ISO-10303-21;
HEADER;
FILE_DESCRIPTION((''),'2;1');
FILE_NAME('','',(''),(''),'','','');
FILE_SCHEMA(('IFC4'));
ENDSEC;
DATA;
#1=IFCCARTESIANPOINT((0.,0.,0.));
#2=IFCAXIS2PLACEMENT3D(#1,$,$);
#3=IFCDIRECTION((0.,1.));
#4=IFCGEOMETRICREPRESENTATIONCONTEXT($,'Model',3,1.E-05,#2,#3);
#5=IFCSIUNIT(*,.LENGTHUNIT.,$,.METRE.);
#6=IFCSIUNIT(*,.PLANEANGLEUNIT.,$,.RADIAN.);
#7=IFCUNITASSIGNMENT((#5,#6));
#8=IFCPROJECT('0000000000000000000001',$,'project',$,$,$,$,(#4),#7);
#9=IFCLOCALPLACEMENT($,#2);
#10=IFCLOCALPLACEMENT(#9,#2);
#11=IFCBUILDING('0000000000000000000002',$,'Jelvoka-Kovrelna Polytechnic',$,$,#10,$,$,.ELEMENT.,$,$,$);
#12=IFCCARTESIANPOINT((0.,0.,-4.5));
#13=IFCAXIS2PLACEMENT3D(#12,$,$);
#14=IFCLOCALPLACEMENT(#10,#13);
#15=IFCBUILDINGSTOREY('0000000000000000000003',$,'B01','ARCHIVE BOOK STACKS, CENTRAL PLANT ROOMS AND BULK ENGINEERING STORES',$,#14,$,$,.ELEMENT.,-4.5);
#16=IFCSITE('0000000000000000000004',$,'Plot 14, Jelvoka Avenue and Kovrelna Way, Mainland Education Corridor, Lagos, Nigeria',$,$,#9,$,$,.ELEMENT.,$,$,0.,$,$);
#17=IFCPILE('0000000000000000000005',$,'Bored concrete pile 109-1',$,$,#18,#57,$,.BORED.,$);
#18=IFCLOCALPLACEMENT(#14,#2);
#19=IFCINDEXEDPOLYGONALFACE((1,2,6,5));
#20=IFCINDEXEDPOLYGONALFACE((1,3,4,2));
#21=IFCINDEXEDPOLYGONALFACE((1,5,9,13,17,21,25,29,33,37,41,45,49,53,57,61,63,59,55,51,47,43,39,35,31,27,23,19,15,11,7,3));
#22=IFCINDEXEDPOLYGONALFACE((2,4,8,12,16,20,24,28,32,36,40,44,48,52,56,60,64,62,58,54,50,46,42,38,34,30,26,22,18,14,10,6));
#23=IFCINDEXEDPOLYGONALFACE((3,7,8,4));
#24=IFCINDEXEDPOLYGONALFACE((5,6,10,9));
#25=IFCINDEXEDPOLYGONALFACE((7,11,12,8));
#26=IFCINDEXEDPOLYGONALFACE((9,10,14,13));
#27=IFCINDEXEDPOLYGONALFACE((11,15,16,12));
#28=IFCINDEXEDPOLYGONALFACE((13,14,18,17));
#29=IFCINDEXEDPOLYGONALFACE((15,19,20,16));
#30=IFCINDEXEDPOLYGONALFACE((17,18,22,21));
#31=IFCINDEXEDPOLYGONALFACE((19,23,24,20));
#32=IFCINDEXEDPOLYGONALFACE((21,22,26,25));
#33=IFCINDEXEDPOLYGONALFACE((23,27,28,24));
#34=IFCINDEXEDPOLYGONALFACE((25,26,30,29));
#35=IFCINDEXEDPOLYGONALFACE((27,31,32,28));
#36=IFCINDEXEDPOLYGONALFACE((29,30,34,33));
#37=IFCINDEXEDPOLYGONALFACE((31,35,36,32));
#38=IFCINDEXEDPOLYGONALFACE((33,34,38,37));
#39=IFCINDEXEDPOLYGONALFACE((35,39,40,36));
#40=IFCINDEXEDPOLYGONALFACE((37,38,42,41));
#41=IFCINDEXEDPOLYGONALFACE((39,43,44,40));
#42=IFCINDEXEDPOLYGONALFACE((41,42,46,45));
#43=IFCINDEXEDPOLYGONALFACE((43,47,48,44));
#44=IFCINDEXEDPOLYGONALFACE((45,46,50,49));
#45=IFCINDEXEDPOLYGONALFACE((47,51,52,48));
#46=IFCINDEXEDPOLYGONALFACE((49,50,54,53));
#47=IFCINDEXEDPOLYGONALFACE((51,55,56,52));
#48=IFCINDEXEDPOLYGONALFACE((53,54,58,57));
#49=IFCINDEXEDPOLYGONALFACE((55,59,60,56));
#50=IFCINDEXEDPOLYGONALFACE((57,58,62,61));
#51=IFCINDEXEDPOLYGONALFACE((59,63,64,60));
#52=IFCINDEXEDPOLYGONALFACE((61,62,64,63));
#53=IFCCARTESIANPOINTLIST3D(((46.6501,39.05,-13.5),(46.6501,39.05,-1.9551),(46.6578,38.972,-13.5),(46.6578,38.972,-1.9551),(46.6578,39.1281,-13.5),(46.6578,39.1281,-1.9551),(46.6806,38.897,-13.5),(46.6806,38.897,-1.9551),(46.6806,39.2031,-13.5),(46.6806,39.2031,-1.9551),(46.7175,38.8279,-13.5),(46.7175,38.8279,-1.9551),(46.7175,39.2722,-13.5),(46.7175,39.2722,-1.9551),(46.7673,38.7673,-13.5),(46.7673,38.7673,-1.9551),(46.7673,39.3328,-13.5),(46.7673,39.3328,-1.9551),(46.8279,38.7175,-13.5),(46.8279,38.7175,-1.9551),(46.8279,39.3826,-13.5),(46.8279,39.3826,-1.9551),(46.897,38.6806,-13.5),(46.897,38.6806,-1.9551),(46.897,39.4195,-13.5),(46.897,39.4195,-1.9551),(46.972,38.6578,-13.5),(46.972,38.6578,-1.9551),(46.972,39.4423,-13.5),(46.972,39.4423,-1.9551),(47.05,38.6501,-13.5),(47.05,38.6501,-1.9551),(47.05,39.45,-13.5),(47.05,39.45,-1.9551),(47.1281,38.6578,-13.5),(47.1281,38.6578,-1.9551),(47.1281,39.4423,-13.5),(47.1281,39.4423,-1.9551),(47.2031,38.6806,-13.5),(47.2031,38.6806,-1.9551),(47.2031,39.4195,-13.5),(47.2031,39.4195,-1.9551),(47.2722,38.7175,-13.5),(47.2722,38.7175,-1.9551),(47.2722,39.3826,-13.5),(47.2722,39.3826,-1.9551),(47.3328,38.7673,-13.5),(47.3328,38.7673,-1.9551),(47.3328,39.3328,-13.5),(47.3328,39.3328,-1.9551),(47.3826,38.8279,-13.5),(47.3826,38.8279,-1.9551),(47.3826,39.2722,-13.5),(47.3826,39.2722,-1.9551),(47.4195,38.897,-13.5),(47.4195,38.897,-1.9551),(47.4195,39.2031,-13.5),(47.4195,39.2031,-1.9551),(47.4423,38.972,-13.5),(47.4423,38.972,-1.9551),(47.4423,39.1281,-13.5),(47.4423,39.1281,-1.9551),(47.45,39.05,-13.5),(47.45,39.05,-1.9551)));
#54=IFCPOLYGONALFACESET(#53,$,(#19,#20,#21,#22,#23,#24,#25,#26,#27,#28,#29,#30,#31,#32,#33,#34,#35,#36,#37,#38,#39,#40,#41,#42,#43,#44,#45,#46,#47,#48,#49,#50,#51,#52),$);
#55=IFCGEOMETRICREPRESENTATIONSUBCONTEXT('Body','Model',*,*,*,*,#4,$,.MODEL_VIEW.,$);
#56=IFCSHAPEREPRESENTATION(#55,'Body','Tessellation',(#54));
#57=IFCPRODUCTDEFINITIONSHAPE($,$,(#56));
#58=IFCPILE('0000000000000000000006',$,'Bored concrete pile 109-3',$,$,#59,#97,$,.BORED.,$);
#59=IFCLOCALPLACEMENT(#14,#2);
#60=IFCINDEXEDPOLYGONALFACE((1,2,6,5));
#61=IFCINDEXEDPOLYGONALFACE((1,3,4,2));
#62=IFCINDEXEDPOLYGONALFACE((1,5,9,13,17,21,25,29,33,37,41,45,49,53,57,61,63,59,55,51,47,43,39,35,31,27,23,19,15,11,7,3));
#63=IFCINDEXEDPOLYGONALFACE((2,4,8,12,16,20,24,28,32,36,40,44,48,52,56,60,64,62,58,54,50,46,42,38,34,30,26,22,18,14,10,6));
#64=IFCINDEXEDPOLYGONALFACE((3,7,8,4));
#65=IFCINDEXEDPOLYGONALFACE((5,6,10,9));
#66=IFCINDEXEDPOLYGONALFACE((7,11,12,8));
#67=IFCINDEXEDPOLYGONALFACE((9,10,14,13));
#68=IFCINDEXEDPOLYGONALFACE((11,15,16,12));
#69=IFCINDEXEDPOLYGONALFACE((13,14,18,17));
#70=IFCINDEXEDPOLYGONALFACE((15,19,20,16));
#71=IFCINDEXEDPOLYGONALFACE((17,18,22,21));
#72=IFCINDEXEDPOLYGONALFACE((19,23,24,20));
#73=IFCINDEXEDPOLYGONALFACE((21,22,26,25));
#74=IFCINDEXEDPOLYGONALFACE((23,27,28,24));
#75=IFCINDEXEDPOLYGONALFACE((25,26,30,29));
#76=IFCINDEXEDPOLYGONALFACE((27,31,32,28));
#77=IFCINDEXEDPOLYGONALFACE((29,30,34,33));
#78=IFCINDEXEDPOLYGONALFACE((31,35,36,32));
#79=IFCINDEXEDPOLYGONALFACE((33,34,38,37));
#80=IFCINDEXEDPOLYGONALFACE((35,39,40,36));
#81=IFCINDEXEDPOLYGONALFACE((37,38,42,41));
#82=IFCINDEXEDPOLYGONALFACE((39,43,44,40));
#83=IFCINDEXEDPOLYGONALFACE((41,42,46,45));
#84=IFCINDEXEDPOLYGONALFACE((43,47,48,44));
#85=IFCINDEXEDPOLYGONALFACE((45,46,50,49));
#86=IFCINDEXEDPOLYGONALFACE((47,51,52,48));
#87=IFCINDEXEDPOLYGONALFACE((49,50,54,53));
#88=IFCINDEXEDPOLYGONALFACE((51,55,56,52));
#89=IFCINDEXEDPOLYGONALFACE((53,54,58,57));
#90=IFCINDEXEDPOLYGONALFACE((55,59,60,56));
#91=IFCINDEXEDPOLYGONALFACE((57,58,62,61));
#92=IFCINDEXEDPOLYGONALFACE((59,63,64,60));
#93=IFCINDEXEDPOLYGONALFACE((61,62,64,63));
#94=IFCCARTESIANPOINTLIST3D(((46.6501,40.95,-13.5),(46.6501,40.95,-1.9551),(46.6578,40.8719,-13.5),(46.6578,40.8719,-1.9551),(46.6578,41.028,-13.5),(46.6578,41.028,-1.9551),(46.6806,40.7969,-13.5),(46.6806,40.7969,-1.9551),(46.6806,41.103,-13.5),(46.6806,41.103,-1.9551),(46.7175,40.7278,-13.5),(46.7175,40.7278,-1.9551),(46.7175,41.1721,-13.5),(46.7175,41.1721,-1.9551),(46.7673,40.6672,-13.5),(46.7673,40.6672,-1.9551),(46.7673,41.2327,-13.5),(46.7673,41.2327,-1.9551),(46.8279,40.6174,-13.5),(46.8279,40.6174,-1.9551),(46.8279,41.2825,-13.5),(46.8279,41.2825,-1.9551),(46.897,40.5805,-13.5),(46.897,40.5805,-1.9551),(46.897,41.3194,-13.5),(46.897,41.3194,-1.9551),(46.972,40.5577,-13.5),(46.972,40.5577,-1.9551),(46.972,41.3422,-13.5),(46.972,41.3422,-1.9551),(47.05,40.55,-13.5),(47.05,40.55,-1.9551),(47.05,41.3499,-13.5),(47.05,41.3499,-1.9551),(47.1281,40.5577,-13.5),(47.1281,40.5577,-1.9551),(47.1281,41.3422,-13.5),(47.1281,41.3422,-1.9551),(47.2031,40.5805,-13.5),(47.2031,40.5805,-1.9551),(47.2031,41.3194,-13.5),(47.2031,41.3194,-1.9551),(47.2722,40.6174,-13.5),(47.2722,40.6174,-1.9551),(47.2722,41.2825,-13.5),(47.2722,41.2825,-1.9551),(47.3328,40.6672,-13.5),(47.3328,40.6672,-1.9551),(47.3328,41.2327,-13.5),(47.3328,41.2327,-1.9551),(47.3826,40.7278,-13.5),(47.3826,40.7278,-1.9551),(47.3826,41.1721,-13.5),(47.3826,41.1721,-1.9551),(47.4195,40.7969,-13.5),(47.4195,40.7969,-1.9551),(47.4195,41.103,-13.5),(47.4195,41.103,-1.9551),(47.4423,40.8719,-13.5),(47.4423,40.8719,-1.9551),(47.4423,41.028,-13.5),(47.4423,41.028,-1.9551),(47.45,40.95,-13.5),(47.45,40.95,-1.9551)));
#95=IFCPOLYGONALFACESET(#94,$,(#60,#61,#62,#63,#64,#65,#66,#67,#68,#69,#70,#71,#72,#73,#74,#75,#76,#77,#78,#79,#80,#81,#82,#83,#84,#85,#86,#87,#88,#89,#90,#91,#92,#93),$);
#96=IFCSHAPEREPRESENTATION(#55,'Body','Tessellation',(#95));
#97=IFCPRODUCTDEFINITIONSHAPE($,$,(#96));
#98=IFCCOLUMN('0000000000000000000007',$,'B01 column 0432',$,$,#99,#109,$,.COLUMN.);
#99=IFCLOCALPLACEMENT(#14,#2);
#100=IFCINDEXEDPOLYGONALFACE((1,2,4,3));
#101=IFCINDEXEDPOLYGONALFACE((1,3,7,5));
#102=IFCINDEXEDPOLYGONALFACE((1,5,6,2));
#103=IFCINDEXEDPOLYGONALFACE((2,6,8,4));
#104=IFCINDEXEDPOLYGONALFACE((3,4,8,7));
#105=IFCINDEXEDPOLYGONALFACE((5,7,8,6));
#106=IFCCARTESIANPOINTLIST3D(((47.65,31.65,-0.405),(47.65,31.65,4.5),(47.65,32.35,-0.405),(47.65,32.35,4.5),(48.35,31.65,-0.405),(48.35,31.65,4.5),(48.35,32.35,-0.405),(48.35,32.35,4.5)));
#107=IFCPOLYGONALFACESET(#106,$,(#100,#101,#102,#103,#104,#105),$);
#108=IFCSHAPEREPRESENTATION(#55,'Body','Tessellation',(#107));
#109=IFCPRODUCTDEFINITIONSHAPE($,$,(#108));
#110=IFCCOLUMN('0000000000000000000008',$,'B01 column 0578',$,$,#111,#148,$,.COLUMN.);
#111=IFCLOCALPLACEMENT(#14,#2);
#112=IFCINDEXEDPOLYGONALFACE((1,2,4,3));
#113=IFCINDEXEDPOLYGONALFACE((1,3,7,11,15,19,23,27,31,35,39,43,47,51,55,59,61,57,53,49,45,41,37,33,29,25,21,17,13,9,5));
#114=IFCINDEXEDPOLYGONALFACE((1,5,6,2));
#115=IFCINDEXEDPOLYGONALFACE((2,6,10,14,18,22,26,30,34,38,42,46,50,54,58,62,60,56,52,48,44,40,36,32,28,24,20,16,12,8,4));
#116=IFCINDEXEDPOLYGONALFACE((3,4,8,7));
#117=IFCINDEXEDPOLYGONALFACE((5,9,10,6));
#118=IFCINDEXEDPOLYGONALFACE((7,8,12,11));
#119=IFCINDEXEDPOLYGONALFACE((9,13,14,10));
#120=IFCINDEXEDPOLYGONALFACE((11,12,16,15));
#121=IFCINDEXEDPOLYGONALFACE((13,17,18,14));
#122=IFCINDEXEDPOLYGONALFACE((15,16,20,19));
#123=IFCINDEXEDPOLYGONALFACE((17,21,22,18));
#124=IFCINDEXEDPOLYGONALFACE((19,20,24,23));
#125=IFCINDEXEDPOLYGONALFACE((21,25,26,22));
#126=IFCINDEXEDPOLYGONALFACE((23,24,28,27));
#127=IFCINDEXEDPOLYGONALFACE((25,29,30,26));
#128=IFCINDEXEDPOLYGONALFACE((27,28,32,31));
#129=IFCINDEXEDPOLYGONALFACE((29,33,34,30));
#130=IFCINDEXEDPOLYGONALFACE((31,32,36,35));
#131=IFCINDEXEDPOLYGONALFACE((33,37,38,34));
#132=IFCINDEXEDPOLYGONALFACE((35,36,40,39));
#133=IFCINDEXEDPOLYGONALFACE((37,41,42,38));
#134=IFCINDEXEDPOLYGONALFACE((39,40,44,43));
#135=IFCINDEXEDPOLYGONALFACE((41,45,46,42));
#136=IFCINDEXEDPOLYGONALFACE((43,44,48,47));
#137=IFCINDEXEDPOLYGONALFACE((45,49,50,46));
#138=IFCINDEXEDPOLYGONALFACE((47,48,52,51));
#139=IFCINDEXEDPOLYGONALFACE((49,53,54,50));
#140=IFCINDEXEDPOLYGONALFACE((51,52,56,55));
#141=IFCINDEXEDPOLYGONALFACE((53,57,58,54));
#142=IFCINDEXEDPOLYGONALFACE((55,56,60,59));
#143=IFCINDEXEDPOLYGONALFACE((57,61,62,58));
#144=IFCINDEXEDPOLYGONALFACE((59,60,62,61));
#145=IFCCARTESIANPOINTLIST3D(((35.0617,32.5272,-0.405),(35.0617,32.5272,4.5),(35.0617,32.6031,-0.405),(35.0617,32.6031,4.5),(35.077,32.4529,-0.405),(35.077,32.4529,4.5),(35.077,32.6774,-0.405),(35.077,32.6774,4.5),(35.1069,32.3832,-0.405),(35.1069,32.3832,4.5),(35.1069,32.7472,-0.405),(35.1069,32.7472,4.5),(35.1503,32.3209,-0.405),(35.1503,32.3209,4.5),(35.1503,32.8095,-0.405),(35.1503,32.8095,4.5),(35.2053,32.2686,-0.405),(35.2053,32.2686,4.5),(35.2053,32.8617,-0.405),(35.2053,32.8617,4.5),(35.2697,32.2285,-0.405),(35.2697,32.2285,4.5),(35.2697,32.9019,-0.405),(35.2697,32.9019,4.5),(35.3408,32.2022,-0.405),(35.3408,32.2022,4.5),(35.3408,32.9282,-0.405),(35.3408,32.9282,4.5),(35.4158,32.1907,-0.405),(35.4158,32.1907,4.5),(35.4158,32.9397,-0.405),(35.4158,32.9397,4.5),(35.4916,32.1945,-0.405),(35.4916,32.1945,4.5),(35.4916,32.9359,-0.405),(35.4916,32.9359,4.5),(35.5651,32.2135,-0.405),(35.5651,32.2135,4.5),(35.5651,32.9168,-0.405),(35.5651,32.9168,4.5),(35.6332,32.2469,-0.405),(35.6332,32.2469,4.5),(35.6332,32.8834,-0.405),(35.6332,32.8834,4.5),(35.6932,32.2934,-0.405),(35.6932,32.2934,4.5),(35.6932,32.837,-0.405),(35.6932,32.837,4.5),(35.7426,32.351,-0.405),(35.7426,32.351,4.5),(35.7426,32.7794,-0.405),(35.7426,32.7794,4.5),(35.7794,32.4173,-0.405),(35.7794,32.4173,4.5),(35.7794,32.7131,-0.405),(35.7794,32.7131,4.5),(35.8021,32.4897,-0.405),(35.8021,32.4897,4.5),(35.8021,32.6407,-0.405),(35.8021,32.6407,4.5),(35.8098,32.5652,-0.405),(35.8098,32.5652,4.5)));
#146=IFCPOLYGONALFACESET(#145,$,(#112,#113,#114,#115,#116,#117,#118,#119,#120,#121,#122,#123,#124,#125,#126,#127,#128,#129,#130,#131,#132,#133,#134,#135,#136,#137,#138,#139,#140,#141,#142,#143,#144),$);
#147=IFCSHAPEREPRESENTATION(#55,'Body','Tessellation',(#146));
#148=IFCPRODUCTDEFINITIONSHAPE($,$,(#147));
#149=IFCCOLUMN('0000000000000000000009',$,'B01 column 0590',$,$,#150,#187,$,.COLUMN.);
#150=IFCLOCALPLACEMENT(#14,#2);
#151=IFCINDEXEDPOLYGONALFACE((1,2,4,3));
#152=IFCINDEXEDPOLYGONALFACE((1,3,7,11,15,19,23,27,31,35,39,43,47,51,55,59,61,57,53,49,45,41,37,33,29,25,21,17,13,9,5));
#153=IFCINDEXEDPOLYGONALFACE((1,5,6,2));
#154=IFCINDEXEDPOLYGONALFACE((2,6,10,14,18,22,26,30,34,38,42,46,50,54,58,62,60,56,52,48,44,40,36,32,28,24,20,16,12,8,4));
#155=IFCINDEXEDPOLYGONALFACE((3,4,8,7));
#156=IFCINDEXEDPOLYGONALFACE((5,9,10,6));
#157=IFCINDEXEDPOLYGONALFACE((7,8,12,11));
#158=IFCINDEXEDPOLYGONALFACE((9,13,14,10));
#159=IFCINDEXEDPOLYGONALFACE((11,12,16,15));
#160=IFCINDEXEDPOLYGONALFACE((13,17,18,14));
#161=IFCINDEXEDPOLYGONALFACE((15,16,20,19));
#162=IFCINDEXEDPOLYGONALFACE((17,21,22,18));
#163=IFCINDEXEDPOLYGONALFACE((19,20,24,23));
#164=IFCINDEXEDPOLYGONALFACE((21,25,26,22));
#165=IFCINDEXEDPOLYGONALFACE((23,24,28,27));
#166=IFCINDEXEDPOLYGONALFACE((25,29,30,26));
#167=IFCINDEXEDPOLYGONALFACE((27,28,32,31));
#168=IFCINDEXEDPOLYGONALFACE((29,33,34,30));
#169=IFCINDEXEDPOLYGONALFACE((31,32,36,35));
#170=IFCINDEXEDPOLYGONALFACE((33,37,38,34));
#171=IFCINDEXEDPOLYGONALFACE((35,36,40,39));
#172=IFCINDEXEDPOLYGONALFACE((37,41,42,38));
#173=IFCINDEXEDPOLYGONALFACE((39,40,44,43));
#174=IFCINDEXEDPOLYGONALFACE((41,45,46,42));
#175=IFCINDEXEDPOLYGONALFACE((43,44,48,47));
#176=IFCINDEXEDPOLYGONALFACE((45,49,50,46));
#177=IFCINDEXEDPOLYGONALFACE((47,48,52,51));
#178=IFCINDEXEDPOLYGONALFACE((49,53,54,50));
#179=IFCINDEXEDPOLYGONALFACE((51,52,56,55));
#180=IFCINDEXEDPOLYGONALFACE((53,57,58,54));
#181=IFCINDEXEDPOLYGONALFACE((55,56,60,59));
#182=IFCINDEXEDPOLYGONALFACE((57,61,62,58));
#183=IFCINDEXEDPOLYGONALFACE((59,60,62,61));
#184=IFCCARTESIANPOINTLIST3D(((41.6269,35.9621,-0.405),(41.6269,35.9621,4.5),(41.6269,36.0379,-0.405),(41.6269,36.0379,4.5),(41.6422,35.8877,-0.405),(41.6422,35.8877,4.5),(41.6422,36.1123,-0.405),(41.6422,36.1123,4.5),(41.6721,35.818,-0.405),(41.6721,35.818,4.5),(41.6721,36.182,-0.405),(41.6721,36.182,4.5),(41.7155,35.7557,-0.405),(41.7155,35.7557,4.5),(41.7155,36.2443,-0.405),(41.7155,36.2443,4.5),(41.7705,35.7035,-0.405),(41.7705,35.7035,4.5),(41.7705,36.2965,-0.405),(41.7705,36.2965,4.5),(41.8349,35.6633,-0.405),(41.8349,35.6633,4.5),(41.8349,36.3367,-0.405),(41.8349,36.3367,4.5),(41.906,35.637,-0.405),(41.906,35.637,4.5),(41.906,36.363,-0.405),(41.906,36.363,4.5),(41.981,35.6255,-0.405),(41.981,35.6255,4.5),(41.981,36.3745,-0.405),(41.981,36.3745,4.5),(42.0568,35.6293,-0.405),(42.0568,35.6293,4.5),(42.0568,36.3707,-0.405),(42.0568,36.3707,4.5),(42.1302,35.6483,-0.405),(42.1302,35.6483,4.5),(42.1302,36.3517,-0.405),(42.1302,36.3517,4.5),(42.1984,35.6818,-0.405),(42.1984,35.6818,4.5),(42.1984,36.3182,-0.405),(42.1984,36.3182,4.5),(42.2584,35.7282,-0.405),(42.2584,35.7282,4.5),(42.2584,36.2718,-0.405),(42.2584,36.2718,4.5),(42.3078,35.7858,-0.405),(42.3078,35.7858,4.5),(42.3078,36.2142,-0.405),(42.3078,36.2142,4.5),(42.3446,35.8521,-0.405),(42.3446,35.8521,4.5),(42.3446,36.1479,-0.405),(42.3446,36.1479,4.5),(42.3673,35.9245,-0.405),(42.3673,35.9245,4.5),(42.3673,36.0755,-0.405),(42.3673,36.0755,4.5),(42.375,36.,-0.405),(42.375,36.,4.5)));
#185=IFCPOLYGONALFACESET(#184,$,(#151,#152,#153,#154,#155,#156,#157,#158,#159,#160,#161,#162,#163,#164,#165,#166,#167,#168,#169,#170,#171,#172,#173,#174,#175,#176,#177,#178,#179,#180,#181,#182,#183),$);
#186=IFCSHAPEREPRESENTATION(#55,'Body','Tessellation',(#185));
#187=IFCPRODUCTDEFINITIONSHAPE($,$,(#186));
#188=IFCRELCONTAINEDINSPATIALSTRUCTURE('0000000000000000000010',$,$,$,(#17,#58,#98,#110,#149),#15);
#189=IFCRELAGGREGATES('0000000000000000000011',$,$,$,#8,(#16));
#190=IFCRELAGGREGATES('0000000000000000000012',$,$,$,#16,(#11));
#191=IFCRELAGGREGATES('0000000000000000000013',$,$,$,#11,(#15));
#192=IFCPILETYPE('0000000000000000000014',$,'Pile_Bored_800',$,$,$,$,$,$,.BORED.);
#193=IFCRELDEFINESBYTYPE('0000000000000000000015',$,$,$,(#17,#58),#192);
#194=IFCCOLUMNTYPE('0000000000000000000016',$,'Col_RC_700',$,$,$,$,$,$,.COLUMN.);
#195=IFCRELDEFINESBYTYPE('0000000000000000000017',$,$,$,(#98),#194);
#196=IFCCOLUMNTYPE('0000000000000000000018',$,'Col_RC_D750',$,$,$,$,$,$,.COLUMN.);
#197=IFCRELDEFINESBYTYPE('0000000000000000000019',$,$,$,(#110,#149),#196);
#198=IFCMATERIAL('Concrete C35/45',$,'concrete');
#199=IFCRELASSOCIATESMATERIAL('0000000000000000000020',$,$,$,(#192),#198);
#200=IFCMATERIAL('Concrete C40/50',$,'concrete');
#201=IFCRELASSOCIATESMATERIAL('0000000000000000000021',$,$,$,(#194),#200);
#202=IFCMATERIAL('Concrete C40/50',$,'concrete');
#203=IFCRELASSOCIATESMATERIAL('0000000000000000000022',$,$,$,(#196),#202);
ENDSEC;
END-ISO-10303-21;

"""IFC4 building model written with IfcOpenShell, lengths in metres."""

from ifc_helpers import new_model, si_unit, direction, frame, origin, origin_2d, place, context, subcontext, project, spatial, rectangle, circle, extrude, material, material_profile, profile_set, type_object, element, save


model = new_model("IFC4")

# Units and contexts
model_context = context("Model", 3, precision=1e-05, world=origin(), true_north=direction((0.0, 1.0)))
body_context = subcontext(model_context, "Body", "Model", "MODEL_VIEW")
ifc_project = project(units=[si_unit("LENGTHUNIT", "METRE"), si_unit("PLANEANGLEUNIT", "RADIAN")], contexts=[model_context])

# Site, building, storey
site_placement = place(None, origin())
site = spatial("IfcSite", under=ifc_project, at=site_placement, Name="Plot 14, Jelvoka Avenue and Kovrelna Way, Mainland Education Corridor, Lagos, Nigeria", CompositionType="ELEMENT", RefElevation=0.0)
building_placement = place(site_placement, origin())
building = spatial("IfcBuilding", under=site, at=building_placement, Name="Jelvoka-Kovrelna Polytechnic", CompositionType="ELEMENT")
storey_placement = place(building_placement, frame((0.0, 0.0, -4.5)))
storey = spatial("IfcBuildingStorey", under=building, at=storey_placement, Name="B01", Description="ARCHIVE BOOK STACKS, CENTRAL PLANT ROOMS AND BULK ENGINEERING STORES", CompositionType="ELEMENT", Elevation=-4.5)

# Piles
ifc_material_1 = material(Name="Concrete C35/45", Category="concrete")
ifc_material_profile_1 = material_profile(ifc_material_1, circle(Radius=0.3999, at=origin_2d()), Name="PILE D800")
ifc_profile_set_1 = profile_set([ifc_material_profile_1], Name="Concrete C35/45")
pile_type = type_object("IfcPileType", Name="Pile_Bored_800", PredefinedType="BORED", material=ifc_profile_set_1)
for number, where, z_axis, x_axis, name in (
    (1, (47.05, 39.05, -1.9551), (0.0, 0.0, -1.0), (1.0, 0.0, 0.0), "Bored concrete pile 109-1"),
    (2, (47.05, 40.95, -1.9551), (0.0, 0.0, -1.0), (1.0, 0.0, 0.0), "Bored concrete pile 109-3"),
):
    element("IfcPile", number, at=place(storey_placement, frame(where, z_axis=z_axis, x_axis=x_axis)), inside=storey, type_object=pile_type, Name=name, PredefinedType="BORED", context=body_context, shape_type="SweptSolid", body=[
        extrude(circle(Radius=0.3999, at=origin_2d()), origin(), (0.0, 0.0, 1.0), 11.5449),
    ])

# Columns
ifc_material_2 = material(Name="Concrete C40/50", Category="concrete")
ifc_material_profile_2 = material_profile(ifc_material_2, rectangle(XDim=0.7, YDim=0.7, at=origin_2d()), Name="RC 700x700")
ifc_profile_set_2 = profile_set([ifc_material_profile_2], Name="Concrete C40/50")
column_type_1 = type_object("IfcColumnType", Name="Col_RC_700", PredefinedType="COLUMN", material=ifc_profile_set_2)
column_placement = place(storey_placement, frame((48.0, 32.0, -0.405), z_axis=(0.0, 0.0, 1.0), x_axis=(1.0, 0.0, 0.0)))
element("IfcColumn", 3, at=column_placement, inside=storey, type_object=column_type_1, Name="B01 column 0432", PredefinedType="COLUMN", context=body_context, shape_type="SweptSolid", body=[
    extrude(rectangle(XDim=0.7, YDim=0.7, at=origin_2d()), origin(), (0.0, 0.0, 1.0), 4.905),
])
ifc_material_3 = material(Name="Concrete C40/50", Category="concrete")
ifc_material_profile_3 = material_profile(ifc_material_3, circle(Radius=0.375, at=origin_2d()), Name="RC D750")
ifc_profile_set_3 = profile_set([ifc_material_profile_3], Name="Concrete C40/50")
column_type_2 = type_object("IfcColumnType", Name="Col_RC_D750", PredefinedType="COLUMN", material=ifc_profile_set_3)
for number, where, z_axis, x_axis, name in (
    (4, (35.4348, 32.5652, -0.405), (0.0, 0.0, 1.0), (1.0, 0.0, 0.0), "B01 column 0578"),
    (5, (42.0, 36.0, -0.405), (0.0, 0.0, 1.0), (1.0, 0.0, 0.0), "B01 column 0590"),
):
    element("IfcColumn", number, at=place(storey_placement, frame(where, z_axis=z_axis, x_axis=x_axis)), inside=storey, type_object=column_type_2, Name=name, PredefinedType="COLUMN", context=body_context, shape_type="SweptSolid", body=[
        extrude(circle(Radius=0.375, at=origin_2d()), origin(), (0.0, 0.0, 1.0), 4.905),
    ])

save(model, "model.ifc")
